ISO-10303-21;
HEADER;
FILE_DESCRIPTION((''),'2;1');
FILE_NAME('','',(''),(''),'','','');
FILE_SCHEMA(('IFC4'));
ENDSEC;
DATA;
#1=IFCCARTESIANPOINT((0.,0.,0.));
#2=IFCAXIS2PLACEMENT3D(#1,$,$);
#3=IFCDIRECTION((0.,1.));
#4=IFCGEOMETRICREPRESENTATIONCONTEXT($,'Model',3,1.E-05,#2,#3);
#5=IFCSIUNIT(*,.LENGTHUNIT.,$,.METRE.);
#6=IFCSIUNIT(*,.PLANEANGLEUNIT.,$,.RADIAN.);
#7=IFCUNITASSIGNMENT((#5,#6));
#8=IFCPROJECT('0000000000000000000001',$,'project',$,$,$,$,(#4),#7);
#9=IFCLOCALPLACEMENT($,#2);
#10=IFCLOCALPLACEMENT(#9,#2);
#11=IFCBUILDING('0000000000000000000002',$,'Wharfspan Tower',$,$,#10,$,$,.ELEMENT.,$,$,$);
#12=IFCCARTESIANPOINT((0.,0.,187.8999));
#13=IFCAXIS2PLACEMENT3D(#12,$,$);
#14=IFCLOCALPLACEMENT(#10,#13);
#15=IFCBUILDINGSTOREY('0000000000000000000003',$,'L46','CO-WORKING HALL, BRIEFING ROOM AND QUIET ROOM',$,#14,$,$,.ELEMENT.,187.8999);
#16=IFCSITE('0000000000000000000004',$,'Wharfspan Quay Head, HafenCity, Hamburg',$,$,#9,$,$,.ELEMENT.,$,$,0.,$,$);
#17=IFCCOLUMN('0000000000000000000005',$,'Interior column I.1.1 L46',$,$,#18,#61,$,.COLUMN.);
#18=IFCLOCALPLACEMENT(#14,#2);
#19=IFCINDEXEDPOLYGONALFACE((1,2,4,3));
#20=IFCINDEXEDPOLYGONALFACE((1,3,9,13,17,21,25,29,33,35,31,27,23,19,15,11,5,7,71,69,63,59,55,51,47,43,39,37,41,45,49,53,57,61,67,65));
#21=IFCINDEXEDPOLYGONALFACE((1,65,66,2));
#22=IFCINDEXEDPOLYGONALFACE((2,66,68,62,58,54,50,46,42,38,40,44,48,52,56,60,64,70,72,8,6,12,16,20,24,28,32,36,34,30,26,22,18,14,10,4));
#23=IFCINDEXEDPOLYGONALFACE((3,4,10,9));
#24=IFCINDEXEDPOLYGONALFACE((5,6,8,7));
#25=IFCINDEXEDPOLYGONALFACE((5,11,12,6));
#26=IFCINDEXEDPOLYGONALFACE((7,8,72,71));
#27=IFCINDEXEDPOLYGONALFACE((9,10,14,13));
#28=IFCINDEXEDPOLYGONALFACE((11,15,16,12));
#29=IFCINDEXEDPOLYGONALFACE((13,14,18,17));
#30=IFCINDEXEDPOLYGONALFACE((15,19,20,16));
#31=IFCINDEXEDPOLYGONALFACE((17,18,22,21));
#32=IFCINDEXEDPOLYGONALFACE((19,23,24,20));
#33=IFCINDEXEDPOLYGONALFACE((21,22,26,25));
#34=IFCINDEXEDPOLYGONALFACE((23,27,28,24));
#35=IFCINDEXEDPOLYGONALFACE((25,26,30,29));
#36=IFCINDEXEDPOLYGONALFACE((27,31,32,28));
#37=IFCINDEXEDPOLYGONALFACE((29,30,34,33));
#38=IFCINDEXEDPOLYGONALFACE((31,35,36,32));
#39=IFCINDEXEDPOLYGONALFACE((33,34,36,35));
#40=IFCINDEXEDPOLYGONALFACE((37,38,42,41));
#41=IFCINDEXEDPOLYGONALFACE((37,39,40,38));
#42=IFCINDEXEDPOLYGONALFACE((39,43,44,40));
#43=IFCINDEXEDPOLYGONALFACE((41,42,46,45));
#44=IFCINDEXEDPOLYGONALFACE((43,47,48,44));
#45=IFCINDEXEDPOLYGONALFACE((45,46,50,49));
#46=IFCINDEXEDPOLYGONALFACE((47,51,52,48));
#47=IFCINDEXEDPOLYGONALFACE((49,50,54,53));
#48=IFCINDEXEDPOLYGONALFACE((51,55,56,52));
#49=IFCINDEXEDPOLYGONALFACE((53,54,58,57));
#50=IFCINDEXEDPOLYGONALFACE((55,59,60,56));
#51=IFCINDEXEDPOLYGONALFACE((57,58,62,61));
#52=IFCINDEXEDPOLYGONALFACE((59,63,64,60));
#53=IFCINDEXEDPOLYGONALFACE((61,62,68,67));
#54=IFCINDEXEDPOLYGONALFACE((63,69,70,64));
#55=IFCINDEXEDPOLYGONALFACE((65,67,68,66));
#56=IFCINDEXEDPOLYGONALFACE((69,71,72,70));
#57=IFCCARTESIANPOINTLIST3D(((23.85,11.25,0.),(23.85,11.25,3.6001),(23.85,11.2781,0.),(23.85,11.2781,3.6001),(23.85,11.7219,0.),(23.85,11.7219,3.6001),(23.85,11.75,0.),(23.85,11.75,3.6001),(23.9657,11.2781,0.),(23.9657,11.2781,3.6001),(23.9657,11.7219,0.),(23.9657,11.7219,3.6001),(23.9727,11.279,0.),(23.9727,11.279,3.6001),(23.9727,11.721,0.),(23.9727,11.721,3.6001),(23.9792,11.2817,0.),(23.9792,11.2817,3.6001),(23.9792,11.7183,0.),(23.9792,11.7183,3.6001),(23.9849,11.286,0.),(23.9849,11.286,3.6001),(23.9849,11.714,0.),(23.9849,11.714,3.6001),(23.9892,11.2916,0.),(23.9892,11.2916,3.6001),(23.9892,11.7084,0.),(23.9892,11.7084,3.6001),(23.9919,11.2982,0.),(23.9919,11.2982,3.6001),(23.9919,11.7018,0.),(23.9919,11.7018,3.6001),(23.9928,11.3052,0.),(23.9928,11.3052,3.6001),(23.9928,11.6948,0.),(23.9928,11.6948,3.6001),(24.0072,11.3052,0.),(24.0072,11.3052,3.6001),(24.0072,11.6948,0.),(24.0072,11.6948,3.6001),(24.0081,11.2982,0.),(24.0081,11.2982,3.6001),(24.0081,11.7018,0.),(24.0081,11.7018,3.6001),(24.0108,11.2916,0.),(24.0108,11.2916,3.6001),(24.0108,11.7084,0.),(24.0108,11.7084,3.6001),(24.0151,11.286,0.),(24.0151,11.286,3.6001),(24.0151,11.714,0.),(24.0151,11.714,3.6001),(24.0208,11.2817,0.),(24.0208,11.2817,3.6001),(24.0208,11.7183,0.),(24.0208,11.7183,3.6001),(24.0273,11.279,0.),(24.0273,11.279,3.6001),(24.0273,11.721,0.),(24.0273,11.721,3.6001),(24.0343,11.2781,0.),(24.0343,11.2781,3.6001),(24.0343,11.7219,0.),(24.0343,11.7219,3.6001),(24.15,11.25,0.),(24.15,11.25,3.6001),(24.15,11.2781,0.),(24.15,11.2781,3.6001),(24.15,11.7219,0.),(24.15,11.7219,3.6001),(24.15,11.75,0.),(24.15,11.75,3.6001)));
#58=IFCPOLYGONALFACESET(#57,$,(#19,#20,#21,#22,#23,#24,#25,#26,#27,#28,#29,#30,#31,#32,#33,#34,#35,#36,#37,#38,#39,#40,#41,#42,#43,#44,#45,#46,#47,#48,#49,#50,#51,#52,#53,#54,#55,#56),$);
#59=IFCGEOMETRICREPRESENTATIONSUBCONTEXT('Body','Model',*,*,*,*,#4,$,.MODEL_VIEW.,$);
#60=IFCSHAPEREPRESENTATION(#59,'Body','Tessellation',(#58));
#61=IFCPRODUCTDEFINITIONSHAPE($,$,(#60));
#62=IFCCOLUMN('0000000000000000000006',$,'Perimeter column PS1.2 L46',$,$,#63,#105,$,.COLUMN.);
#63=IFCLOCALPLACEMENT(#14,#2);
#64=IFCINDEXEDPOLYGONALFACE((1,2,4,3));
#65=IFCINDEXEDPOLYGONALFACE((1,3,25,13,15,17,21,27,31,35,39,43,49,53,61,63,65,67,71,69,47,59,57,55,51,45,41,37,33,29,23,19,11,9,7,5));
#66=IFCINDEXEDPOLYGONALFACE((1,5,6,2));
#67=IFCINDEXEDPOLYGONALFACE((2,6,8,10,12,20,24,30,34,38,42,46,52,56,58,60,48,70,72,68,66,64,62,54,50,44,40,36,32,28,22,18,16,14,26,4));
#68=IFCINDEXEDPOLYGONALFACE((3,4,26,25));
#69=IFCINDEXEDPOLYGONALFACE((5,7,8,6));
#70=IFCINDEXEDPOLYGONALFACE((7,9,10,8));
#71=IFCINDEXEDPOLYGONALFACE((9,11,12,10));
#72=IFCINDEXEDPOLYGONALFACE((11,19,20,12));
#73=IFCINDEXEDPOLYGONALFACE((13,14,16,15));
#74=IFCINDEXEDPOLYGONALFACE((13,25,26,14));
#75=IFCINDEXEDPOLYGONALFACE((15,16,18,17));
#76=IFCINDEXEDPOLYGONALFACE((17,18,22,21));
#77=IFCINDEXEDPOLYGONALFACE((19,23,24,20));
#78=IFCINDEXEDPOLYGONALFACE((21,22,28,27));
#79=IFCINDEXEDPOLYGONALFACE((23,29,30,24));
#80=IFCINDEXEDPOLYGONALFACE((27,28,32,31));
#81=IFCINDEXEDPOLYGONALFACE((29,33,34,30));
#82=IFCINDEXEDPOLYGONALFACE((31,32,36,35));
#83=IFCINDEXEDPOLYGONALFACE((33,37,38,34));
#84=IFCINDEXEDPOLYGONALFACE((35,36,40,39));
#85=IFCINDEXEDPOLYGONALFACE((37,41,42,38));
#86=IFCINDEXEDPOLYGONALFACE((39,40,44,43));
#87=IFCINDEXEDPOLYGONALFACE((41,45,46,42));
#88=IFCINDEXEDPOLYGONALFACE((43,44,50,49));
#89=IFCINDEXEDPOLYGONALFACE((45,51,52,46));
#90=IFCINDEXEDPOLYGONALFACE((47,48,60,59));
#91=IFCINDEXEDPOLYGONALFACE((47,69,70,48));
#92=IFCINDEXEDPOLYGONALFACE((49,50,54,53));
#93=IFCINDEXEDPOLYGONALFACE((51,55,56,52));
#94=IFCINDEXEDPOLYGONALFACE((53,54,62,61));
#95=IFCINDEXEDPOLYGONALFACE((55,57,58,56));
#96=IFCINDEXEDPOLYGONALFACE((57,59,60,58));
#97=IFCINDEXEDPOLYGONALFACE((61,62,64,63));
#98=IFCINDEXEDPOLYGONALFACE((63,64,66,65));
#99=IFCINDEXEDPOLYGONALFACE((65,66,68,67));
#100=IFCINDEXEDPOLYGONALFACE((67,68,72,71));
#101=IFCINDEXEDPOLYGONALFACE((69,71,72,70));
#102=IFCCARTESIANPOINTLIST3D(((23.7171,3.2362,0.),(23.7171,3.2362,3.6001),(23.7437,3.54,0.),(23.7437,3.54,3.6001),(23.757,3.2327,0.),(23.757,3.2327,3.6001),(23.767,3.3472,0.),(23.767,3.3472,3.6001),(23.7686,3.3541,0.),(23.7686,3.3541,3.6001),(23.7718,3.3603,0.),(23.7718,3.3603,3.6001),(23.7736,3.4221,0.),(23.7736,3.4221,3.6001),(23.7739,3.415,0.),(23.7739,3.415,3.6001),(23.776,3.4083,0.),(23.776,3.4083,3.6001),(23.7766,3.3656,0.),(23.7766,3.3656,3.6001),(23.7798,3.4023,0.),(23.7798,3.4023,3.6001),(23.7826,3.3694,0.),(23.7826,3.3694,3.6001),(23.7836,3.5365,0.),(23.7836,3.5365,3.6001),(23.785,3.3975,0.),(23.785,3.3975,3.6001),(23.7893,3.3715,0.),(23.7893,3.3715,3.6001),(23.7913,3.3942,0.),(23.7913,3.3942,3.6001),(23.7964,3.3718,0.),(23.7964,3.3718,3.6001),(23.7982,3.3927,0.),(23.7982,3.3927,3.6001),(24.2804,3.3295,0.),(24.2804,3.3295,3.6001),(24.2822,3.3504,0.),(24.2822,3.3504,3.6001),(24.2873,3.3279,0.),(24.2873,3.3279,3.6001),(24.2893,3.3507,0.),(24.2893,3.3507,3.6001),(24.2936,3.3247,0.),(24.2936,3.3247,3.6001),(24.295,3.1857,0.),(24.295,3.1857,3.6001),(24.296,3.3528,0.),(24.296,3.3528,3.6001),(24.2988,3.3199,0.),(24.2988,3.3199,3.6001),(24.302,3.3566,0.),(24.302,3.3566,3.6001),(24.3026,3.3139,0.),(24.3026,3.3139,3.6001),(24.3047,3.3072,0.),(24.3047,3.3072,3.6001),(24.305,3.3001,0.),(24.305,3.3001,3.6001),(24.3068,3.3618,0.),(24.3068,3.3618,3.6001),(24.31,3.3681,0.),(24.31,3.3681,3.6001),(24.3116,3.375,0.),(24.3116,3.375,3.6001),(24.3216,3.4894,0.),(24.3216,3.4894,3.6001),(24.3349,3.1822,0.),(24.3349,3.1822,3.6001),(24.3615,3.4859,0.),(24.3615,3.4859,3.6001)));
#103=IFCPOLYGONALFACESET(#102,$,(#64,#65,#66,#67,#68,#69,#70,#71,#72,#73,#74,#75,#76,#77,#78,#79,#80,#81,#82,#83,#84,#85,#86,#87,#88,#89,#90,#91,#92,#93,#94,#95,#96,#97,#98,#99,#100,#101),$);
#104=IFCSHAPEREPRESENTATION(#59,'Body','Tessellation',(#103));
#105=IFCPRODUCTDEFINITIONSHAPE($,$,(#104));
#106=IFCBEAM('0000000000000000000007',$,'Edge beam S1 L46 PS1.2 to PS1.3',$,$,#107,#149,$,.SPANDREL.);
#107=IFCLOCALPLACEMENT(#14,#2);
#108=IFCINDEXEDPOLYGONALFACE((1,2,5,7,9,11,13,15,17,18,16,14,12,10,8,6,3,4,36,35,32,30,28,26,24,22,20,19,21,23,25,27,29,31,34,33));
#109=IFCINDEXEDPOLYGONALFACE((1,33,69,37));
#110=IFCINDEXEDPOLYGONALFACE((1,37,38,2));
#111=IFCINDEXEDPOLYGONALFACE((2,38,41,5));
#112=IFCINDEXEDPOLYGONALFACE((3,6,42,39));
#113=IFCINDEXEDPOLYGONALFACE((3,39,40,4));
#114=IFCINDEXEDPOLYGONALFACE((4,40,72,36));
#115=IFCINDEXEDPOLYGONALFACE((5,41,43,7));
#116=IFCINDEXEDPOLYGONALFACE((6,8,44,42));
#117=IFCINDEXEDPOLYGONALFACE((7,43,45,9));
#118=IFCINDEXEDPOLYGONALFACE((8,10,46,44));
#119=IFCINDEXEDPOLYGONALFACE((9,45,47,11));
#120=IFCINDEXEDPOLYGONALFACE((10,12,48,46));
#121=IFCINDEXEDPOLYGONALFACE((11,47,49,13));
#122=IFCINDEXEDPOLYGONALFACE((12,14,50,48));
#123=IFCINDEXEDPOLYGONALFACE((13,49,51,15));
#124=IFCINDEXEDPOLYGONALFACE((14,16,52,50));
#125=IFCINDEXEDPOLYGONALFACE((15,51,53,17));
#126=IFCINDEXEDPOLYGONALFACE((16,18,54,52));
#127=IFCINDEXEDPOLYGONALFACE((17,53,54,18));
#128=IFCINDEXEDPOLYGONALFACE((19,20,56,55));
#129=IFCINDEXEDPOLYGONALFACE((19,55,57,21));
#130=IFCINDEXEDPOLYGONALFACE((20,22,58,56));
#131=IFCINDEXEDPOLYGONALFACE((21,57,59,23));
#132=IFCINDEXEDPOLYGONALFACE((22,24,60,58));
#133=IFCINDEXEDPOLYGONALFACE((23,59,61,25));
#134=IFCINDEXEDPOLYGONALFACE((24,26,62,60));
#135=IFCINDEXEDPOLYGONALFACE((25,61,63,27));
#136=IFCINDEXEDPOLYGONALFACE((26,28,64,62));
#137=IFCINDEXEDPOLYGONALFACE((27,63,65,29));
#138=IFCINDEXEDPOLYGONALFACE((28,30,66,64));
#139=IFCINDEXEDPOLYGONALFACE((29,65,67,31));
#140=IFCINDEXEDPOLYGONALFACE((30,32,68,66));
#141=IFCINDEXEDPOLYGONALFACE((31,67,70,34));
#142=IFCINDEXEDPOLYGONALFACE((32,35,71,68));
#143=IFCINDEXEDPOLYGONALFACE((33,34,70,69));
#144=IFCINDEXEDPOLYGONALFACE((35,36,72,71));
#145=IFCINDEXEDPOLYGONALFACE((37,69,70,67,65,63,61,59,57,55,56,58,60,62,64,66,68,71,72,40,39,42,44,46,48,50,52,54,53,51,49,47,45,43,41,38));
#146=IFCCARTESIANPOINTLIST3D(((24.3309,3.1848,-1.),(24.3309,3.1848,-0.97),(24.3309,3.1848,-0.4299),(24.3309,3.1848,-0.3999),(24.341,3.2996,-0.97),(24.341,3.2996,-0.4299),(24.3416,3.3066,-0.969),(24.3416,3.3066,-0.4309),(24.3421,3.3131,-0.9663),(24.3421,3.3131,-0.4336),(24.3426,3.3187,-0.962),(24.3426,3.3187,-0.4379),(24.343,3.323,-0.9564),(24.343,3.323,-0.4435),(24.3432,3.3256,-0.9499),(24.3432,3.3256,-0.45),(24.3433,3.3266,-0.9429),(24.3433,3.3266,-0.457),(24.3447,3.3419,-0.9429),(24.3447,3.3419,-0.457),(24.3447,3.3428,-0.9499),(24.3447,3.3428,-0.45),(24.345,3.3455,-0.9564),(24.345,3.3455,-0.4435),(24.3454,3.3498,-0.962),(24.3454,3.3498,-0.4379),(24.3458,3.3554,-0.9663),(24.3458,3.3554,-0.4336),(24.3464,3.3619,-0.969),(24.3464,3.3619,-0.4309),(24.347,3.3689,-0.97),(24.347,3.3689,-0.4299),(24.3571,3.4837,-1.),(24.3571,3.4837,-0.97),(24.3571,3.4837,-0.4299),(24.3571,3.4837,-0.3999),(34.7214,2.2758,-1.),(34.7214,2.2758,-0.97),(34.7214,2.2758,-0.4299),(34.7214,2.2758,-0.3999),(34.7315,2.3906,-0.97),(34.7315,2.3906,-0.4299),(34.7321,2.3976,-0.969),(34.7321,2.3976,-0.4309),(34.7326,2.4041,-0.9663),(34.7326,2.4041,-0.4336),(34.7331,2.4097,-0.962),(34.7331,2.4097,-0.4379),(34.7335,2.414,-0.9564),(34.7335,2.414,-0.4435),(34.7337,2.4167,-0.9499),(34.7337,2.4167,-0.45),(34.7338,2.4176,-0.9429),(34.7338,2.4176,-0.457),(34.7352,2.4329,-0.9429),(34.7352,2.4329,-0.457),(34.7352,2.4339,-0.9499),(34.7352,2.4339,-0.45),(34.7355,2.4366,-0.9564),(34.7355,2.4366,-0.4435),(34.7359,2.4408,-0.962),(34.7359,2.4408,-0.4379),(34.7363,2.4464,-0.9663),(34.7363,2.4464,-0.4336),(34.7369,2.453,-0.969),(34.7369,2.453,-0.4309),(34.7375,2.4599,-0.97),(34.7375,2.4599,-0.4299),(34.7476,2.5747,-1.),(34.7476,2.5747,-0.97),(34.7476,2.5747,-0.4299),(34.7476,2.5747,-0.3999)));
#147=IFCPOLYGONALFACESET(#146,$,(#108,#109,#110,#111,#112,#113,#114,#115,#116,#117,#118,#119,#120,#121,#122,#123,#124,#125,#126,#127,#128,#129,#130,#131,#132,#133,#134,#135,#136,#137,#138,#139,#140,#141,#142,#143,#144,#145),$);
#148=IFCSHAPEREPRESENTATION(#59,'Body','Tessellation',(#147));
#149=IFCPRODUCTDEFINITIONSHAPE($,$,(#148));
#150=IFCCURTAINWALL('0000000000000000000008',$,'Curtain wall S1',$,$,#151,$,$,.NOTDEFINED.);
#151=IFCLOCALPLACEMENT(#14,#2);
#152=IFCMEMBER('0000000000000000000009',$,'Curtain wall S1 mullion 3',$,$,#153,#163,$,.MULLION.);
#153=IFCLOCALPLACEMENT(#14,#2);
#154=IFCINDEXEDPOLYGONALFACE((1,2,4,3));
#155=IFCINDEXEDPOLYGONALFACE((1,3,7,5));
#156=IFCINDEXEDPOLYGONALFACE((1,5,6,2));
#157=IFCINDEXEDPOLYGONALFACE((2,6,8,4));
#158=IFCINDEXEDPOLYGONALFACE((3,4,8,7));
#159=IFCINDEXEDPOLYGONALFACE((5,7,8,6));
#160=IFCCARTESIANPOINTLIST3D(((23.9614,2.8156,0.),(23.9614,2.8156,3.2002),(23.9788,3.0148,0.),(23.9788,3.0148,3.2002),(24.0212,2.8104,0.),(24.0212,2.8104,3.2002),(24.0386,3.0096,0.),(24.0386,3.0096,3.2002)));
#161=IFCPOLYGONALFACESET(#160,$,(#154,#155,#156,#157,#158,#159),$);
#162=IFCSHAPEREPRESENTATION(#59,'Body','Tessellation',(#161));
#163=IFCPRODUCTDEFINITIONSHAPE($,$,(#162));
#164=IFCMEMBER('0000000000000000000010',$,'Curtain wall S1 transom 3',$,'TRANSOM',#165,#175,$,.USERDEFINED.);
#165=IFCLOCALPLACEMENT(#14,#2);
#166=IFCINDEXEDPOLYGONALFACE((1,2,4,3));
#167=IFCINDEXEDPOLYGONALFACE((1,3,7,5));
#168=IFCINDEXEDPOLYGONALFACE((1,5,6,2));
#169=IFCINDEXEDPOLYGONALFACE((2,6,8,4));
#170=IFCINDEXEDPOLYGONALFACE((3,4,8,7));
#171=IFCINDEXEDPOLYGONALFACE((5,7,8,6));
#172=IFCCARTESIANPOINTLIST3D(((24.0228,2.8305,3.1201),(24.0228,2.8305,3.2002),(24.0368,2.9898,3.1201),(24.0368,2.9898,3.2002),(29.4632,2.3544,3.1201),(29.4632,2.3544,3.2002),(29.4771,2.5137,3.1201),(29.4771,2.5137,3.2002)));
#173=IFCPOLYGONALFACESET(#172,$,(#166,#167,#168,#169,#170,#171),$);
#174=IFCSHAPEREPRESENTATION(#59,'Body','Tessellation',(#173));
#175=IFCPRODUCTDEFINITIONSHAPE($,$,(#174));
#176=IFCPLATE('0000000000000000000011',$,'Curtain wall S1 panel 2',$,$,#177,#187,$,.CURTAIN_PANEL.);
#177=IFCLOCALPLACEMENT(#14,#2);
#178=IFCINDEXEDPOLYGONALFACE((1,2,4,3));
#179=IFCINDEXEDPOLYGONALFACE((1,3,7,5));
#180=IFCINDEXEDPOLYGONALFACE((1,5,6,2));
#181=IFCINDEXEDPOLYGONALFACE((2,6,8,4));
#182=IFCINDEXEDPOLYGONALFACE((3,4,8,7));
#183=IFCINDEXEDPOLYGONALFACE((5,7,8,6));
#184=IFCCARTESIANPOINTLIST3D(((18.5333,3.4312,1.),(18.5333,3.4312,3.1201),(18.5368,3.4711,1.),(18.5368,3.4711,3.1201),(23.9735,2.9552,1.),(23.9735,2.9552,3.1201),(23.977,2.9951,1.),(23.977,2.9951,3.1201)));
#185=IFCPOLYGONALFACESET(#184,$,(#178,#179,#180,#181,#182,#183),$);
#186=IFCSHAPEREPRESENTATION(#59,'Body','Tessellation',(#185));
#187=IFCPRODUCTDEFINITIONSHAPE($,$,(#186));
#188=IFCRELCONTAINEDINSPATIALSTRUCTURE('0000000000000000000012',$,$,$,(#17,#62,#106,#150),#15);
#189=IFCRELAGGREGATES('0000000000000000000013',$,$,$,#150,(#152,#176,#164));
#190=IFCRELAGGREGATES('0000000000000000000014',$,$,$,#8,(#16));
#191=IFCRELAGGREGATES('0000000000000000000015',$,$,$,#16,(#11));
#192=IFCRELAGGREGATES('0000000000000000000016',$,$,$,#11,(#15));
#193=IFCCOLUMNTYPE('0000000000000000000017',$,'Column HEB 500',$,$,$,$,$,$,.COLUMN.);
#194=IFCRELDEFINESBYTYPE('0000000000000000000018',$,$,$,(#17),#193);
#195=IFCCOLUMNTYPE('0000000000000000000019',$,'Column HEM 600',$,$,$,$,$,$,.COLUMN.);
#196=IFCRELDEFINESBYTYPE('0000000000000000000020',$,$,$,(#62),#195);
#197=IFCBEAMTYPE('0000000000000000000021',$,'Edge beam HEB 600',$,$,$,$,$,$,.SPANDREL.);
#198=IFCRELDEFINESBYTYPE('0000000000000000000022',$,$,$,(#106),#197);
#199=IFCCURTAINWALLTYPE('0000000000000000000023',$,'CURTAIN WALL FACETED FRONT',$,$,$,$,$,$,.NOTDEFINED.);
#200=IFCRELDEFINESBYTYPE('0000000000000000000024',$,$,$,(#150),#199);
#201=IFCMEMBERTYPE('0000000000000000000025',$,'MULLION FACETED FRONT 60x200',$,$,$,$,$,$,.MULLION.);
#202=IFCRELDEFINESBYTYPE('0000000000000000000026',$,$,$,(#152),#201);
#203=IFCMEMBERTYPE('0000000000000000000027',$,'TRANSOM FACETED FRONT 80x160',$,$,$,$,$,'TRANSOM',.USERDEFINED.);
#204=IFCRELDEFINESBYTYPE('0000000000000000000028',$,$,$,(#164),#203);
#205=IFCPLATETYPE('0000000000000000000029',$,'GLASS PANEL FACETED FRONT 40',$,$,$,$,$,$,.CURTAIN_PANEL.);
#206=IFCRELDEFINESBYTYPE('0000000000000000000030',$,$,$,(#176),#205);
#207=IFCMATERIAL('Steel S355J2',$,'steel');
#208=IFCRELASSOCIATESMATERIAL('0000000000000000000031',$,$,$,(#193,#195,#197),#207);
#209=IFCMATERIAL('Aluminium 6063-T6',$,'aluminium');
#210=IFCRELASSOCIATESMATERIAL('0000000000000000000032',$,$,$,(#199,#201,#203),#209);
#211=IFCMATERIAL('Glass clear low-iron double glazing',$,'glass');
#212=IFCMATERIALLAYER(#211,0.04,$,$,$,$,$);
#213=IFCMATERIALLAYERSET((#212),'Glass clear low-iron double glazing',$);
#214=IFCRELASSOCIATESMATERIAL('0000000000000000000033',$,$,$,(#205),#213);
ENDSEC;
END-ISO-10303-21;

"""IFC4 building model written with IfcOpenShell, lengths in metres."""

from ifc_helpers import new_model, si_unit, direction, frame, origin, origin_2d, place, context, subcontext, project, spatial, rectangle, i_section, extrude, material, layer, layer_set, material_profile, profile_set, type_object, element, aggregate, save


model = new_model("IFC4")

# Units and contexts
model_context = context("Model", 3, precision=1e-05, world=origin(), true_north=direction((0.0, 1.0)))
body_context = subcontext(model_context, "Body", "Model", "MODEL_VIEW")
ifc_project = project(units=[si_unit("LENGTHUNIT", "METRE"), si_unit("PLANEANGLEUNIT", "RADIAN")], contexts=[model_context])

# Site, building, storey
site_placement = place(None, origin())
site = spatial("IfcSite", under=ifc_project, at=site_placement, Name="Wharfspan Quay Head, HafenCity, Hamburg", CompositionType="ELEMENT", RefElevation=0.0)
building_placement = place(site_placement, origin())
building = spatial("IfcBuilding", under=site, at=building_placement, Name="Wharfspan Tower", CompositionType="ELEMENT")
storey_placement = place(building_placement, frame((0.0, 0.0, 187.8999)))
storey = spatial("IfcBuildingStorey", under=building, at=storey_placement, Name="L46", Description="CO-WORKING HALL, BRIEFING ROOM AND QUIET ROOM", CompositionType="ELEMENT", Elevation=187.8999)

# Columns
ifc_material_1 = material(Name="Steel S355J2", Category="steel")
ifc_material_profile_1 = material_profile(ifc_material_1, i_section(OverallWidth=0.3, OverallDepth=0.5, WebThickness=0.0144, FlangeThickness=0.0281, FilletRadius=0.0271, at=origin_2d()))
ifc_profile_set_1 = profile_set([ifc_material_profile_1], Name="Steel S355J2")
column_type_1 = type_object("IfcColumnType", Name="Column HEB 500", PredefinedType="COLUMN", material=ifc_profile_set_1)
column_1_placement = place(storey_placement, frame((24.0, 11.5, 0.0), z_axis=(0.0, 0.0, 1.0), x_axis=(1.0, 0.0, 0.0)))
element("IfcColumn", 1, at=column_1_placement, inside=storey, type_object=column_type_1, Name="Interior column I.1.1 L46", PredefinedType="COLUMN", context=body_context, shape_type="SweptSolid", body=[
    extrude(i_section(OverallWidth=0.3, OverallDepth=0.5, WebThickness=0.0144, FlangeThickness=0.0281, FilletRadius=0.0271, at=origin_2d()), origin(), (0.0, 0.0, 1.0), 3.6001),
])
ifc_material_profile_2 = material_profile(ifc_material_1, i_section(OverallWidth=0.3049, OverallDepth=0.6201, WebThickness=0.021, FlangeThickness=0.04, FilletRadius=0.0271, at=origin_2d()))
ifc_profile_set_2 = profile_set([ifc_material_profile_2], Name="Steel S355J2")
column_type_2 = type_object("IfcColumnType", Name="Column HEM 600", PredefinedType="COLUMN", material=ifc_profile_set_2)
column_2_placement = place(storey_placement, frame((24.0393, 3.3611, 0.0), z_axis=(0.0, 0.0, 1.0), x_axis=(-0.087156, -0.996198, 0.0)))
element("IfcColumn", 2, at=column_2_placement, inside=storey, type_object=column_type_2, Name="Perimeter column PS1.2 L46", PredefinedType="COLUMN", context=body_context, shape_type="SweptSolid", body=[
    extrude(i_section(OverallWidth=0.3049, OverallDepth=0.6201, WebThickness=0.021, FlangeThickness=0.04, FilletRadius=0.0271, at=origin_2d()), origin(), (0.0, 0.0, 1.0), 3.6001),
])

# Beam
ifc_material_profile_3 = material_profile(ifc_material_1, i_section(OverallWidth=0.3, OverallDepth=0.6001, WebThickness=0.0154, FlangeThickness=0.03, FilletRadius=0.0271, at=origin_2d()))
ifc_profile_set_3 = profile_set([ifc_material_profile_3], Name="Steel S355J2")
beam_type = type_object("IfcBeamType", Name="Edge beam HEB 600", PredefinedType="SPANDREL", material=ifc_profile_set_3)
beam_placement = place(storey_placement, frame((24.344, 3.3342, -0.7), z_axis=(0.996196, -0.087146, 0.0), x_axis=(0.087146, 0.996196, 0.0)))
element("IfcBeam", 3, at=beam_placement, inside=storey, type_object=beam_type, Name="Edge beam S1 L46 PS1.2 to PS1.3", PredefinedType="SPANDREL", context=body_context, shape_type="SweptSolid", body=[
    extrude(i_section(OverallWidth=0.3, OverallDepth=0.6001, WebThickness=0.0154, FlangeThickness=0.03, FilletRadius=0.0271, at=origin_2d()), origin(), (0.0, 0.0, 1.0), 10.4302),
])

# Curtain wall, members, plate
ifc_material_2 = material(Name="Aluminium 6063-T6", Category="aluminium")
curtain_wall_type = type_object("IfcCurtainWallType", Name="CURTAIN WALL FACETED FRONT", PredefinedType="NOTDEFINED", material=ifc_material_2)
curtain_wall_placement = place(storey_placement, origin())
curtain_wall = element("IfcCurtainWall", 4, at=curtain_wall_placement, inside=storey, type_object=curtain_wall_type, Name="Curtain wall S1", PredefinedType="NOTDEFINED")
ifc_material_profile_4 = material_profile(ifc_material_2, rectangle(XDim=0.2, YDim=0.0601, at=origin_2d()))
ifc_profile_set_4 = profile_set([ifc_material_profile_4], Name="Aluminium 6063-T6")
member_type_1 = type_object("IfcMemberType", Name="MULLION FACETED FRONT 60x200", PredefinedType="MULLION", material=ifc_profile_set_4)
member_1_placement = place(storey_placement, frame((24.0, 2.9126, 0.0), z_axis=(0.0, 0.0, 1.0), x_axis=(0.087156, 0.996198, 0.0)))
member_1 = element("IfcMember", 5, at=member_1_placement, type_object=member_type_1, Name="Curtain wall S1 mullion 3", PredefinedType="MULLION", context=body_context, shape_type="SweptSolid", body=[
    extrude(rectangle(XDim=0.2, YDim=0.0601, at=origin_2d()), origin(), (0.0, 0.0, 1.0), 3.2002),
])
ifc_material_profile_5 = material_profile(ifc_material_2, rectangle(XDim=0.1599, YDim=0.0801, at=origin_2d()))
ifc_profile_set_5 = profile_set([ifc_material_profile_5], Name="Aluminium 6063-T6")
member_type_2 = type_object("IfcMemberType", Name="TRANSOM FACETED FRONT 80x160", ElementType="TRANSOM", PredefinedType="USERDEFINED", material=ifc_profile_set_5)
member_2_placement = place(storey_placement, frame((24.0298, 2.9102, 3.1602), z_axis=(0.996193, -0.087174, 0.0), x_axis=(0.087174, 0.996193, 0.0)))
member_2 = element("IfcMember", 6, at=member_2_placement, type_object=member_type_2, Name="Curtain wall S1 transom 3", ObjectType="TRANSOM", PredefinedType="USERDEFINED", context=body_context, shape_type="SweptSolid", body=[
    extrude(rectangle(XDim=0.1599, YDim=0.0801, at=origin_2d()), origin(), (0.0, 0.0, 1.0), 5.4612),
])
ifc_material_3 = material(Name="Glass clear low-iron double glazing", Category="glass")
ifc_layer_1 = layer(ifc_material_3, 0.04)
ifc_layer_set_1 = layer_set([ifc_layer_1], Name="Glass clear low-iron double glazing")
plate_type_1 = type_object("IfcPlateType", Name="GLASS PANEL FACETED FRONT 40", PredefinedType="CURTAIN_PANEL", material=ifc_layer_set_1)
plate_1_placement = place(storey_placement, frame((21.2551, 3.2131, 1.0), z_axis=(0.0, 0.0, 1.0), x_axis=(0.996198, -0.087156, 0.0)))
plate_1 = element("IfcPlate", 7, at=plate_1_placement, type_object=plate_type_1, Name="Curtain wall S1 panel 2", PredefinedType="CURTAIN_PANEL", context=body_context, shape_type="SweptSolid", body=[
    extrude(rectangle(XDim=5.4609, YDim=0.04, at=origin_2d()), origin(), (0.0, 0.0, 1.0), 2.1201),
])
aggregate(curtain_wall, [member_1, plate_1, member_2])

save(model, "model.ifc")
